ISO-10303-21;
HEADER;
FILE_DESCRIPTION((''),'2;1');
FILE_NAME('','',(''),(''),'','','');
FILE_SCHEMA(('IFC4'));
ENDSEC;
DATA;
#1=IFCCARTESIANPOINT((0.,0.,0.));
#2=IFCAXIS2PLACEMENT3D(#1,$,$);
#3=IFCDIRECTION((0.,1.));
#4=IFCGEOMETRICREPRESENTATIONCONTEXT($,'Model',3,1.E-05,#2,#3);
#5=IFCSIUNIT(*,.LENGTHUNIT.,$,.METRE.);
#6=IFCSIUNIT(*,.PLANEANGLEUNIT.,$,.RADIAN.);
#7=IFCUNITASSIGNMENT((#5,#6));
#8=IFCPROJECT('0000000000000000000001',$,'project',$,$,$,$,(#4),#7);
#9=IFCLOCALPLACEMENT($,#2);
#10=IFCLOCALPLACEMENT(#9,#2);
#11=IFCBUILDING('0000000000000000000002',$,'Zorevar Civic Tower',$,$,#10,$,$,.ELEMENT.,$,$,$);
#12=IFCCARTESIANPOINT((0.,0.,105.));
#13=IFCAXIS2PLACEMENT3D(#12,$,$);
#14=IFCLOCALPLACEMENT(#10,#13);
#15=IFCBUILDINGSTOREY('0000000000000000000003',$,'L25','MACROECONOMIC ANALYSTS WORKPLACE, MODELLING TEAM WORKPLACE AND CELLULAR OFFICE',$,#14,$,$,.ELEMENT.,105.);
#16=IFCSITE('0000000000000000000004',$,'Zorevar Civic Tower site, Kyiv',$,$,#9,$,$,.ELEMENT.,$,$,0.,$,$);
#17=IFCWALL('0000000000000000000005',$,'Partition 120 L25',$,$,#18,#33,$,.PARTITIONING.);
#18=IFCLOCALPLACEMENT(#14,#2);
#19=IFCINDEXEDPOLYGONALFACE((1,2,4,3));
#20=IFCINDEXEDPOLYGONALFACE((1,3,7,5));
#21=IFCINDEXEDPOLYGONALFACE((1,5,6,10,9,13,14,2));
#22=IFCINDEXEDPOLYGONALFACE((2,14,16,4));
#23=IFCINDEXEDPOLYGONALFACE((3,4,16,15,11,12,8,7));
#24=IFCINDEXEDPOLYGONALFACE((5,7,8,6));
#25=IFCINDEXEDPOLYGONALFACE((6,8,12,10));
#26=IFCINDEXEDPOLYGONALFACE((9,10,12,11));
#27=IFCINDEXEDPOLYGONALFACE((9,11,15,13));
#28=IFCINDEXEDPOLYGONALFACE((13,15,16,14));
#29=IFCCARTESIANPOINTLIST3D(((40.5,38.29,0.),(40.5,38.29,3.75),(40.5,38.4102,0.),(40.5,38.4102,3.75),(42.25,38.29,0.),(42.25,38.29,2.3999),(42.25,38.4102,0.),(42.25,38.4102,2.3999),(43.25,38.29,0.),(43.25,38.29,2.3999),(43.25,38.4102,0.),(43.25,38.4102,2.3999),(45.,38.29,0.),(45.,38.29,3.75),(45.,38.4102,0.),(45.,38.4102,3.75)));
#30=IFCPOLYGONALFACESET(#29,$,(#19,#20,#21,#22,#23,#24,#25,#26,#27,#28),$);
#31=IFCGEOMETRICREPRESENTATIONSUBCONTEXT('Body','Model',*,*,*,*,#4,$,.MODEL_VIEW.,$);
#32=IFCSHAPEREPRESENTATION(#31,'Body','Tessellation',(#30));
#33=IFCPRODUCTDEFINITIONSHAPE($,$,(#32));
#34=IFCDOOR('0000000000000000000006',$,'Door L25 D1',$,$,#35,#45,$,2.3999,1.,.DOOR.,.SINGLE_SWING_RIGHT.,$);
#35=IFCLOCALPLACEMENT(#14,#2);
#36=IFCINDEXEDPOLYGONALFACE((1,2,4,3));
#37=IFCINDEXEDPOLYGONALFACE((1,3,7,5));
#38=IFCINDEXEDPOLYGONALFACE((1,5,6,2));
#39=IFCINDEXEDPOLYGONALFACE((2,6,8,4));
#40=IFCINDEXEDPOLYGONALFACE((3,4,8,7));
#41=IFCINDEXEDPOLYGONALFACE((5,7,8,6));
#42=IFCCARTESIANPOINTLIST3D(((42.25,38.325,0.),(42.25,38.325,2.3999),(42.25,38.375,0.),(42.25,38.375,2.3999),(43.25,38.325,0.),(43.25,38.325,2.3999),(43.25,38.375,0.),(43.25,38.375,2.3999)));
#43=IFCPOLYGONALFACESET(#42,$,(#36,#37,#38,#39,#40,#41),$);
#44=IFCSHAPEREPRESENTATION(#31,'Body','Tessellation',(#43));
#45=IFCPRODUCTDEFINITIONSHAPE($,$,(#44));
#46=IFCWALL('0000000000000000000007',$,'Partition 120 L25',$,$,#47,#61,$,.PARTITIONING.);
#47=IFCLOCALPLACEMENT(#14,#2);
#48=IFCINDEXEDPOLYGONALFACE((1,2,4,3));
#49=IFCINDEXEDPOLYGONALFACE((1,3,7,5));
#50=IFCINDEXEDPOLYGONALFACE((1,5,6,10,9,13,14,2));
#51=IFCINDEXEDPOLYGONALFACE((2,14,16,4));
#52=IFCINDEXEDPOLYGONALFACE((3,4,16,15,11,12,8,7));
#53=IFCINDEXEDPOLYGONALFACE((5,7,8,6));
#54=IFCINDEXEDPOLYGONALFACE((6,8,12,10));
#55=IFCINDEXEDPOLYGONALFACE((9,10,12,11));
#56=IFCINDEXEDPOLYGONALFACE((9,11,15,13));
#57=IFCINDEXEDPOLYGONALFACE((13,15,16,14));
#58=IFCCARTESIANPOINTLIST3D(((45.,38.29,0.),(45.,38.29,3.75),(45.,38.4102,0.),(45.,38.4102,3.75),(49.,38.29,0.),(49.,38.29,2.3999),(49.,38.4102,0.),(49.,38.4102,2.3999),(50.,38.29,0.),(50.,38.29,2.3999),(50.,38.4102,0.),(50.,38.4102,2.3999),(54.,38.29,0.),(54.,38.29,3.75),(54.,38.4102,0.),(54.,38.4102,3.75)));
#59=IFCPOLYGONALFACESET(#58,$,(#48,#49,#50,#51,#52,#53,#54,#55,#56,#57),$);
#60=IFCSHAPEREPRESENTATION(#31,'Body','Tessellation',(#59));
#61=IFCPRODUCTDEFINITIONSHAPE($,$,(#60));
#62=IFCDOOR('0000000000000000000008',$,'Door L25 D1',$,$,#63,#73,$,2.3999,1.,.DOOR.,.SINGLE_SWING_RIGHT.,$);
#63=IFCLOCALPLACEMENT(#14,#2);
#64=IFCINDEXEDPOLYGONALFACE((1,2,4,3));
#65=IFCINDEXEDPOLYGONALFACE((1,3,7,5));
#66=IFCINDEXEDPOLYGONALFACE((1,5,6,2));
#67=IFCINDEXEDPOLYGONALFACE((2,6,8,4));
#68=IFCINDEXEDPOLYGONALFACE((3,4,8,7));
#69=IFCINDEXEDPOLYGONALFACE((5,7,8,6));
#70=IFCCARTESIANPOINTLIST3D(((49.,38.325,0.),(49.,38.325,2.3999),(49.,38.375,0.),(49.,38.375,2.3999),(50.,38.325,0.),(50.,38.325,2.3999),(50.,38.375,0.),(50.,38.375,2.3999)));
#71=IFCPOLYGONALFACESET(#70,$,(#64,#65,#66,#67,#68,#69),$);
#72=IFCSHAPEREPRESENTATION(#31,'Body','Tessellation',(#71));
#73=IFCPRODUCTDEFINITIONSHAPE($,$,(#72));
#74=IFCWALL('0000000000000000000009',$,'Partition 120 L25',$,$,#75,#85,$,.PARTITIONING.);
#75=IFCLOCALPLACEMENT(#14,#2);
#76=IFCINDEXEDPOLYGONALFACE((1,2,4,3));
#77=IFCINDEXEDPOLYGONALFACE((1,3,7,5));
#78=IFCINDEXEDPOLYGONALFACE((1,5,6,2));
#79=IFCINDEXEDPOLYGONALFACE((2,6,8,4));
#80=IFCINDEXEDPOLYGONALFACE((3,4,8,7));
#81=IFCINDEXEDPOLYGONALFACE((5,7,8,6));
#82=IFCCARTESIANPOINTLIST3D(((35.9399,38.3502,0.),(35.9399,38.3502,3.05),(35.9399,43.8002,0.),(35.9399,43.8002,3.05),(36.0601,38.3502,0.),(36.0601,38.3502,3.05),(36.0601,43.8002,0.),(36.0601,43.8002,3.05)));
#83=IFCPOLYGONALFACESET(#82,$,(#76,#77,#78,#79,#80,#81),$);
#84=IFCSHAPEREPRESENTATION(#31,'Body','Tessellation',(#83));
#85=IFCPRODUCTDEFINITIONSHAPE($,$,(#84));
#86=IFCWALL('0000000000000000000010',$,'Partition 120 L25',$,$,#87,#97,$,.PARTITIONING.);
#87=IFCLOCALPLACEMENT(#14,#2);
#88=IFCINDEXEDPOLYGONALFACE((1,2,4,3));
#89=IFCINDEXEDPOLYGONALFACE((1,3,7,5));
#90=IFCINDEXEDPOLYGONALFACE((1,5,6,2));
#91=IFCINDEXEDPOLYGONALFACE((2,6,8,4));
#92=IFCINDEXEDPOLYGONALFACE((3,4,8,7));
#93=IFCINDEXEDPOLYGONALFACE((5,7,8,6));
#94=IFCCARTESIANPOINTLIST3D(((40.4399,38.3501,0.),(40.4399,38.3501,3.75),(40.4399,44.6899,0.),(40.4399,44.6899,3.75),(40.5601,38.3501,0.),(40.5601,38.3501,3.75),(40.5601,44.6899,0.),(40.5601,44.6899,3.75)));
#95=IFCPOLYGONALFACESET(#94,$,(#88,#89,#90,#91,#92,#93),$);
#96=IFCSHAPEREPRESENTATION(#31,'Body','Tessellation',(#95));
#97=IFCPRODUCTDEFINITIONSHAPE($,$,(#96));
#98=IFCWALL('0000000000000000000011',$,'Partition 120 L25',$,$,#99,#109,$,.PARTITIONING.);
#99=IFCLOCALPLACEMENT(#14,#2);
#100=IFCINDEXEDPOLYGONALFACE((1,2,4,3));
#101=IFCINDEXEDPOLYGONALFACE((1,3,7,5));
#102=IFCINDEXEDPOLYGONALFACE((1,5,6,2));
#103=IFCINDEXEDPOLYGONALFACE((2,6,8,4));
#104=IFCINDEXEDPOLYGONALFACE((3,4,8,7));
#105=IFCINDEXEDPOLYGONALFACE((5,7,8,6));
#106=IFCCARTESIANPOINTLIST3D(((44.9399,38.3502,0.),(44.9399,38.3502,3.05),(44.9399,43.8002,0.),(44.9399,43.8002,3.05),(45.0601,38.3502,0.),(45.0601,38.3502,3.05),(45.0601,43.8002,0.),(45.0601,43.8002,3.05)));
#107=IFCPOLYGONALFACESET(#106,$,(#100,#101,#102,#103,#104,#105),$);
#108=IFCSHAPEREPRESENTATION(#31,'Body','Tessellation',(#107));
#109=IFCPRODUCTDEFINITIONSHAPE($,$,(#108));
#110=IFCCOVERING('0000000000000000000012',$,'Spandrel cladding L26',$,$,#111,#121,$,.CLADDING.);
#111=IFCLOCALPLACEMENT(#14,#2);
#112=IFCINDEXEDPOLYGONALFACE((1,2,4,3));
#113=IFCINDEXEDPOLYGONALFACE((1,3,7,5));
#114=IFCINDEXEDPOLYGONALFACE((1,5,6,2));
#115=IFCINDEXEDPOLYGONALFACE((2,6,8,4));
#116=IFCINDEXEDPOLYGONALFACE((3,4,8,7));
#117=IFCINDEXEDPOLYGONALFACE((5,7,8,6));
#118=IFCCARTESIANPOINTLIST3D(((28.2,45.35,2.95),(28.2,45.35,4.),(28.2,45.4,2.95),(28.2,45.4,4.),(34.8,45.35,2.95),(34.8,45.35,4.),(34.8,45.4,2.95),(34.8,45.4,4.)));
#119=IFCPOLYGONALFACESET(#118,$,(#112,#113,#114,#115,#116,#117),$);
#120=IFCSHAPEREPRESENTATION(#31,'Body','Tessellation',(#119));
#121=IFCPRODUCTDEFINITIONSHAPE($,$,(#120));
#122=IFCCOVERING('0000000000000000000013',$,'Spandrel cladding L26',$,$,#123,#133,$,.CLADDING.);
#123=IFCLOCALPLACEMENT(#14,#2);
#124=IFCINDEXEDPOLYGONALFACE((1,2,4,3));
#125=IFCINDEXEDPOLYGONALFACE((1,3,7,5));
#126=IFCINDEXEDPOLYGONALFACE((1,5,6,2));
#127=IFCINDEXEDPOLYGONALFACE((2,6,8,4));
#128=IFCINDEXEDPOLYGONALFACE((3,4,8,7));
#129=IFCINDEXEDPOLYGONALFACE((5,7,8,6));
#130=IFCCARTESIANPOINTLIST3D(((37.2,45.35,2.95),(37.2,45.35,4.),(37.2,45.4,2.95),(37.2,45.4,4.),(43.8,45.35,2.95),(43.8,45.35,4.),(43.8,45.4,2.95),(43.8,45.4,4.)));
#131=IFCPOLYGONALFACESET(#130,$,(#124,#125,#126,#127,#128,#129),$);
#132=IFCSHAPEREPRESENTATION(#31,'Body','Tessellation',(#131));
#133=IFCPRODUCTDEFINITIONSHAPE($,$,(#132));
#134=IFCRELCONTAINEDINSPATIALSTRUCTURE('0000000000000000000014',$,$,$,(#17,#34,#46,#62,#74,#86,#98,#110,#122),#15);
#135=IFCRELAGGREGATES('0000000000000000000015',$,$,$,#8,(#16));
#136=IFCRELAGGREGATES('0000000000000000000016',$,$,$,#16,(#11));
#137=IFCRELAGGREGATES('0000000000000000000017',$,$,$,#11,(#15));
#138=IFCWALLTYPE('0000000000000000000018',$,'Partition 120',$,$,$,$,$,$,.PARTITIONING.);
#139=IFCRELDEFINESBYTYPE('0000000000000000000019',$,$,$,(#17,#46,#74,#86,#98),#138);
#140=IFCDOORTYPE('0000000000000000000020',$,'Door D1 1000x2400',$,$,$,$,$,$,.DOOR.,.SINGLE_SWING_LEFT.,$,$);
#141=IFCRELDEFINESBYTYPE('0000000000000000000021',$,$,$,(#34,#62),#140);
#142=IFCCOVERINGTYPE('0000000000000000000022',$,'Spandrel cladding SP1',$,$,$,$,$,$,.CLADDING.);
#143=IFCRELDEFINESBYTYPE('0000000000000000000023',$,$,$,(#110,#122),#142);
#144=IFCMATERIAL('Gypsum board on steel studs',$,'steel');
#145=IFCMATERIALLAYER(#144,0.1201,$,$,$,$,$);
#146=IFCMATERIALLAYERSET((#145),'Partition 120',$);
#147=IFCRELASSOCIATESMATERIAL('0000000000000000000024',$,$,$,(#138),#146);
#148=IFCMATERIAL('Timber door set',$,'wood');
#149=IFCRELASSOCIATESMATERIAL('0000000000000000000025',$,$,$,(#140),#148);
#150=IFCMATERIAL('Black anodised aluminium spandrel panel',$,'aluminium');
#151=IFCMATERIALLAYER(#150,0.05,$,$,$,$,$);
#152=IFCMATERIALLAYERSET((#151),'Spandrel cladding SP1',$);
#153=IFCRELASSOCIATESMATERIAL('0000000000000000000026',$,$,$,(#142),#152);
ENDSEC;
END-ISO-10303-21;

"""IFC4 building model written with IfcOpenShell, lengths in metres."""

from ifc_helpers import new_model, si_unit, direction, frame, frame_2d, origin, place, context, subcontext, project, spatial, rectangle, extrude, material, layer, layer_set, type_object, element, fill, save


model = new_model("IFC4")

# Units and contexts
model_context = context("Model", 3, precision=1e-05, world=origin(), true_north=direction((0.0, 1.0)))
body_context = subcontext(model_context, "Body", "Model", "MODEL_VIEW")
ifc_project = project(units=[si_unit("LENGTHUNIT", "METRE"), si_unit("PLANEANGLEUNIT", "RADIAN")], contexts=[model_context])

# Site, building, storey
site_placement = place(None, origin())
site = spatial("IfcSite", under=ifc_project, at=site_placement, Name="Zorevar Civic Tower site, Kyiv", CompositionType="ELEMENT", RefElevation=0.0)
building_placement = place(site_placement, origin())
building = spatial("IfcBuilding", under=site, at=building_placement, Name="Zorevar Civic Tower", CompositionType="ELEMENT")
storey_placement = place(building_placement, frame((0.0, 0.0, 105.0)))
storey = spatial("IfcBuildingStorey", under=building, at=storey_placement, Name="L25", Description="MACROECONOMIC ANALYSTS WORKPLACE, MODELLING TEAM WORKPLACE AND CELLULAR OFFICE", CompositionType="ELEMENT", Elevation=105.0)

# Walls, openings, doors
ifc_material_1 = material(Name="Gypsum board on steel studs", Category="steel")
ifc_layer_1 = layer(ifc_material_1, 0.1201)
ifc_layer_set_1 = layer_set([ifc_layer_1], Name="Partition 120")
wall_type = type_object("IfcWallType", Name="Partition 120", PredefinedType="PARTITIONING", material=ifc_layer_set_1)
wall_1_placement = place(storey_placement, frame((40.5, 38.3501, 0.0), z_axis=(0.0, 0.0, 1.0), x_axis=(1.0, 0.0, 0.0)))
wall_1 = element("IfcWall", 1, at=wall_1_placement, inside=storey, type_object=wall_type, Name="Partition 120 L25", PredefinedType="PARTITIONING", context=body_context, shape_type="SweptSolid", body=[
    extrude(rectangle(XDim=4.5, YDim=0.1201, at=frame_2d((2.25, 0.0))), origin(), (0.0, 0.0, 1.0), 3.75),
])
opening_1_placement = place(wall_1_placement, frame((1.75, 0.0, 0.0)))
opening_1 = element("IfcOpeningElement", 2, at=opening_1_placement, cuts=wall_1, PredefinedType="OPENING", context=body_context, shape_type="SweptSolid", body=[
    extrude(rectangle(XDim=1.0, YDim=2.3999, at=frame_2d((0.5, 1.2))), frame((0.0, 0.0701, 0.0), z_axis=(0.0, -1.0, 0.0), x_axis=(1.0, 0.0, 0.0)), (0.0, 0.0, 1.0), 0.1401),
])
ifc_material_2 = material(Name="Timber door set", Category="wood")
door_type = type_object("IfcDoorType", Name="Door D1 1000x2400", OperationType="SINGLE_SWING_LEFT", PredefinedType="DOOR", material=ifc_material_2)
door_1_placement = place(opening_1_placement, origin())
door_1 = element("IfcDoor", 3, at=door_1_placement, inside=storey, type_object=door_type, Name="Door L25 D1", OperationType="SINGLE_SWING_RIGHT", OverallHeight=2.3999, OverallWidth=1.0, PredefinedType="DOOR", context=body_context, shape_type="SweptSolid", body=[
    extrude(rectangle(XDim=1.0, YDim=2.3999, at=frame_2d((0.5, 1.2))), frame((0.0, 0.0249, 0.0), z_axis=(0.0, -1.0, 0.0), x_axis=(1.0, 0.0, 0.0)), (0.0, 0.0, 1.0), 0.05),
])
fill(opening_1, door_1)
wall_2_placement = place(storey_placement, frame((45.0, 38.3501, 0.0), z_axis=(0.0, 0.0, 1.0), x_axis=(1.0, 0.0, 0.0)))
wall_2 = element("IfcWall", 4, at=wall_2_placement, inside=storey, type_object=wall_type, Name="Partition 120 L25", PredefinedType="PARTITIONING", context=body_context, shape_type="SweptSolid", body=[
    extrude(rectangle(XDim=9.0, YDim=0.1201, at=frame_2d((4.5, 0.0))), origin(), (0.0, 0.0, 1.0), 3.75),
])
opening_2_placement = place(wall_2_placement, frame((4.0, 0.0, 0.0)))
opening_2 = element("IfcOpeningElement", 5, at=opening_2_placement, cuts=wall_2, PredefinedType="OPENING", context=body_context, shape_type="SweptSolid", body=[
    extrude(rectangle(XDim=1.0, YDim=2.3999, at=frame_2d((0.5, 1.2))), frame((0.0, 0.0701, 0.0), z_axis=(0.0, -1.0, 0.0), x_axis=(1.0, 0.0, 0.0)), (0.0, 0.0, 1.0), 0.1401),
])
door_2_placement = place(opening_2_placement, origin())
door_2 = element("IfcDoor", 6, at=door_2_placement, inside=storey, type_object=door_type, Name="Door L25 D1", OperationType="SINGLE_SWING_RIGHT", OverallHeight=2.3999, OverallWidth=1.0, PredefinedType="DOOR", context=body_context, shape_type="SweptSolid", body=[
    extrude(rectangle(XDim=1.0, YDim=2.3999, at=frame_2d((0.5, 1.2))), frame((0.0, 0.0249, 0.0), z_axis=(0.0, -1.0, 0.0), x_axis=(1.0, 0.0, 0.0)), (0.0, 0.0, 1.0), 0.05),
])
fill(opening_2, door_2)

# Walls
wall_3_placement = place(storey_placement, frame((36.0, 38.3501, 0.0), z_axis=(0.0, 0.0, 1.0), x_axis=(0.0, 1.0, 0.0)))
element("IfcWall", 7, at=wall_3_placement, inside=storey, type_object=wall_type, Name="Partition 120 L25", PredefinedType="PARTITIONING", context=body_context, shape_type="SweptSolid", body=[
    extrude(rectangle(XDim=5.45, YDim=0.1201, at=frame_2d((2.7251, 0.0))), origin(), (0.0, 0.0, 1.0), 3.05),
])
wall_4_placement = place(storey_placement, frame((40.5, 38.3501, 0.0), z_axis=(0.0, 0.0, 1.0), x_axis=(0.0, 1.0, 0.0)))
element("IfcWall", 8, at=wall_4_placement, inside=storey, type_object=wall_type, Name="Partition 120 L25", PredefinedType="PARTITIONING", context=body_context, shape_type="SweptSolid", body=[
    extrude(rectangle(XDim=6.3398, YDim=0.1201, at=frame_2d((3.1699, 0.0))), origin(), (0.0, 0.0, 1.0), 3.75),
])
wall_5_placement = place(storey_placement, frame((45.0, 38.3501, 0.0), z_axis=(0.0, 0.0, 1.0), x_axis=(0.0, 1.0, 0.0)))
element("IfcWall", 9, at=wall_5_placement, inside=storey, type_object=wall_type, Name="Partition 120 L25", PredefinedType="PARTITIONING", context=body_context, shape_type="SweptSolid", body=[
    extrude(rectangle(XDim=5.45, YDim=0.1201, at=frame_2d((2.7251, 0.0))), origin(), (0.0, 0.0, 1.0), 3.05),
])

# Coverings
ifc_material_3 = material(Name="Black anodised aluminium spandrel panel", Category="aluminium")
ifc_layer_2 = layer(ifc_material_3, 0.05)
ifc_layer_set_2 = layer_set([ifc_layer_2], Name="Spandrel cladding SP1")
covering_type = type_object("IfcCoveringType", Name="Spandrel cladding SP1", PredefinedType="CLADDING", material=ifc_layer_set_2)
for number, where, z_axis, x_axis, name in (
    (10, (28.2, 45.375, 2.95), (0.0, 0.0, 1.0), (1.0, 0.0, 0.0), "Spandrel cladding L26"),
    (11, (37.2, 45.375, 2.95), (0.0, 0.0, 1.0), (1.0, 0.0, 0.0), "Spandrel cladding L26"),
):
    element("IfcCovering", number, at=place(storey_placement, frame(where, z_axis=z_axis, x_axis=x_axis)), inside=storey, type_object=covering_type, Name=name, PredefinedType="CLADDING", context=body_context, shape_type="SweptSolid", body=[
        extrude(rectangle(XDim=6.6001, YDim=0.05, at=frame_2d((3.3, 0.0))), origin(), (0.0, 0.0, 1.0), 1.05),
    ])

save(model, "model.ifc")
